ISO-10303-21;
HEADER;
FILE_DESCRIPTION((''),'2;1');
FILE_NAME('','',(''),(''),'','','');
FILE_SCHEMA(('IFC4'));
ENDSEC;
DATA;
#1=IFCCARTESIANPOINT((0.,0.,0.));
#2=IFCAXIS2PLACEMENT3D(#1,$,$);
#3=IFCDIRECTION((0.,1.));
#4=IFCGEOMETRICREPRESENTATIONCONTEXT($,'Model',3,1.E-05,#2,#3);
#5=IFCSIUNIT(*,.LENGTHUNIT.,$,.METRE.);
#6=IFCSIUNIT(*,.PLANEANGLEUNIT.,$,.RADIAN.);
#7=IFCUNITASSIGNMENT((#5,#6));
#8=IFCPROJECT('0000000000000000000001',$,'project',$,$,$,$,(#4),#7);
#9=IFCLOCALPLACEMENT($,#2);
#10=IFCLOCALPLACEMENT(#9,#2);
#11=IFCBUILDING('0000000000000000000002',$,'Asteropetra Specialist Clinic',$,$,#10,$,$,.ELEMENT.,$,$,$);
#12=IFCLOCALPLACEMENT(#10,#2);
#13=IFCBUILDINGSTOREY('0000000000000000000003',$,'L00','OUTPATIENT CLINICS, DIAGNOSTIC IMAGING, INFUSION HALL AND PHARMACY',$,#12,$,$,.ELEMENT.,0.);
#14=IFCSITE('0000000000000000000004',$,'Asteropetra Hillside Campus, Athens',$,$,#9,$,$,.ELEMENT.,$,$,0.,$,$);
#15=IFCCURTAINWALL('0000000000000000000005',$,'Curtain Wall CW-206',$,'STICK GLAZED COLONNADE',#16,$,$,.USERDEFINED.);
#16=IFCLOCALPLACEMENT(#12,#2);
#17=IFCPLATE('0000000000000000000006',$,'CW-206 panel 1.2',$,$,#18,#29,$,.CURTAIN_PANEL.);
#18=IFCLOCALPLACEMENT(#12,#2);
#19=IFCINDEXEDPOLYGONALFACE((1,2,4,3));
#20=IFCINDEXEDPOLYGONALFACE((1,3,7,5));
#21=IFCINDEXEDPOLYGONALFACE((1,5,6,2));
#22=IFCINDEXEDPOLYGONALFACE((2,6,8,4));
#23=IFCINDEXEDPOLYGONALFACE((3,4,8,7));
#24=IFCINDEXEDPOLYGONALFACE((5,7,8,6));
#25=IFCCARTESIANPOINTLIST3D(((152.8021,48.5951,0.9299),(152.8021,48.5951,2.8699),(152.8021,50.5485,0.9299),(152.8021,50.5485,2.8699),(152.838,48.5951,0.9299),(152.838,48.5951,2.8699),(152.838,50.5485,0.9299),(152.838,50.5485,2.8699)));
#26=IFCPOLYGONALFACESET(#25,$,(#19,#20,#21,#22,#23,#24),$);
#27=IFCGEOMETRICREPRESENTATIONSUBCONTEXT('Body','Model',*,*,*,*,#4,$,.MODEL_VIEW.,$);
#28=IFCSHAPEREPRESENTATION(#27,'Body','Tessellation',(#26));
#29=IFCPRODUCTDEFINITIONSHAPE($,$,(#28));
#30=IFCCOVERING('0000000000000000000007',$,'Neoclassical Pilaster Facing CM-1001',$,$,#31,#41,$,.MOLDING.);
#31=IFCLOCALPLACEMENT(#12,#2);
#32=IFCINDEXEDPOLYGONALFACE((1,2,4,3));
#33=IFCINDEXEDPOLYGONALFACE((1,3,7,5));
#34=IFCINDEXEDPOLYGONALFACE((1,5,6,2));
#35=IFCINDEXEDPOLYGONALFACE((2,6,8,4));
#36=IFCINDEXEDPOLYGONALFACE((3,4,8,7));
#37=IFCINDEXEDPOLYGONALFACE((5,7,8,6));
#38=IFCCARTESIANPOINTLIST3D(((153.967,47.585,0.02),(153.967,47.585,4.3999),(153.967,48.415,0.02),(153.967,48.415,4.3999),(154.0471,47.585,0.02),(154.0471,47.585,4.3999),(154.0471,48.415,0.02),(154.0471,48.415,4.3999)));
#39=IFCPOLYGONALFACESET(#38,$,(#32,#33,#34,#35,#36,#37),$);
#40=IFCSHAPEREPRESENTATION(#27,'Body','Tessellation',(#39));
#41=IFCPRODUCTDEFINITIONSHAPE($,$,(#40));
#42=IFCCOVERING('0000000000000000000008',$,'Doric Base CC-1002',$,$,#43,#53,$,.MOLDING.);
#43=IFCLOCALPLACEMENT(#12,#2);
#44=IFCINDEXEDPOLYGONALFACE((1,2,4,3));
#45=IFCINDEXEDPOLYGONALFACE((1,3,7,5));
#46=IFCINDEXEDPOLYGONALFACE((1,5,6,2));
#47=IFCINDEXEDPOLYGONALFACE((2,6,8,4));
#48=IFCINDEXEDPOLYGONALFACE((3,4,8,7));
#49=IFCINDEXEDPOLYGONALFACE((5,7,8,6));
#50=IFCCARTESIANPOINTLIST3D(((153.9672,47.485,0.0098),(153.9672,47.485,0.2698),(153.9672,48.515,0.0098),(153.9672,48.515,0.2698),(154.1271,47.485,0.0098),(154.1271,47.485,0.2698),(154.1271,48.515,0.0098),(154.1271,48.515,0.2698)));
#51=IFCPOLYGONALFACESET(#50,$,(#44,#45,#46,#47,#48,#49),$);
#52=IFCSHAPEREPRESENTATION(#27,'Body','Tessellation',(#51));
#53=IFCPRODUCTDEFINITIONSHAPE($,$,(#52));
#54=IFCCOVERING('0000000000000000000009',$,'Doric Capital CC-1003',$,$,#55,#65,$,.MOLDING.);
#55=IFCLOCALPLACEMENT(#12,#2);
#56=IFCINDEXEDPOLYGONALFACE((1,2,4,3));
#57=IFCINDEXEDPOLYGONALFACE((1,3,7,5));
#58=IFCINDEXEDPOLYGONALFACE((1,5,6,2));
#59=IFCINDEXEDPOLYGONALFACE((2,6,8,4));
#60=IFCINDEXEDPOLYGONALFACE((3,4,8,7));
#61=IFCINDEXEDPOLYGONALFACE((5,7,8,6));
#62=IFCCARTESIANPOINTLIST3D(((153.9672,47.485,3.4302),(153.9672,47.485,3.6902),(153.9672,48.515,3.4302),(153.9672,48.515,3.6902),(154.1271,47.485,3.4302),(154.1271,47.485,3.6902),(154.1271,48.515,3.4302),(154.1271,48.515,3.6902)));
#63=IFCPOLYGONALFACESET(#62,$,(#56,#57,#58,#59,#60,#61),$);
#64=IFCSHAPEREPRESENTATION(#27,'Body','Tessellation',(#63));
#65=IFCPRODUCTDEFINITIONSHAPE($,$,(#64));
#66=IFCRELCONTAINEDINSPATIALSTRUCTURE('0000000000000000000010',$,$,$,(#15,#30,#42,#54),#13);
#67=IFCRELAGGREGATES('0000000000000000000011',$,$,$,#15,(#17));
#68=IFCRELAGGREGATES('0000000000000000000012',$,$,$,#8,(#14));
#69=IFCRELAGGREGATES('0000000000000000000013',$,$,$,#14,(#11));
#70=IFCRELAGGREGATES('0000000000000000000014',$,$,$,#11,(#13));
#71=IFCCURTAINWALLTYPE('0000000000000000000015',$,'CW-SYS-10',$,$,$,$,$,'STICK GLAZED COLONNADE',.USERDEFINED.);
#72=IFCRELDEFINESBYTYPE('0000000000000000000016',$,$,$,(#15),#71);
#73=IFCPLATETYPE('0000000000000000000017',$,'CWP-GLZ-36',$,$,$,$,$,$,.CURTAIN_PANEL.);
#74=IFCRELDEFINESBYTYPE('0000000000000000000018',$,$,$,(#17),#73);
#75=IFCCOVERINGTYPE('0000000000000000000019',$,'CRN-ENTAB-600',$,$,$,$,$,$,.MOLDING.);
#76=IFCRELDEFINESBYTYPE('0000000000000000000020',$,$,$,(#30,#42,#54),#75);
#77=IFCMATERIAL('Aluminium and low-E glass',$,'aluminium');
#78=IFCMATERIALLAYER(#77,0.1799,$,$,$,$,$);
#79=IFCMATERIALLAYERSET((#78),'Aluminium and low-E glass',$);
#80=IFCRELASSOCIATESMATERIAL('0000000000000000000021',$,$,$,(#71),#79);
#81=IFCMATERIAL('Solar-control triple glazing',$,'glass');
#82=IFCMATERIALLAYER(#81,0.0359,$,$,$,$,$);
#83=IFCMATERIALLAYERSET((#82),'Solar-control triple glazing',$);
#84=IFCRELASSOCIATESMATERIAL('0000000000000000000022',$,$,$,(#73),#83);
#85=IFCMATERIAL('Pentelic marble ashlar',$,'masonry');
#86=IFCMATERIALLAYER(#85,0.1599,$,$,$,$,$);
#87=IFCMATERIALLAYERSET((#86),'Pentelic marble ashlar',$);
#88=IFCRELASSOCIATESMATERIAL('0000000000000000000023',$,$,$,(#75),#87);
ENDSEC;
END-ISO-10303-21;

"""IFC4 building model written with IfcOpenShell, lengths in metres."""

from ifc_helpers import new_model, si_unit, direction, frame, origin, origin_2d, place, context, subcontext, project, spatial, rectangle, extrude, material, layer, layer_set, type_object, element, aggregate, save


model = new_model("IFC4")

# Units and contexts
model_context = context("Model", 3, precision=1e-05, world=origin(), true_north=direction((0.0, 1.0)))
body_context = subcontext(model_context, "Body", "Model", "MODEL_VIEW")
ifc_project = project(units=[si_unit("LENGTHUNIT", "METRE"), si_unit("PLANEANGLEUNIT", "RADIAN")], contexts=[model_context])

# Site, building, storey
site_placement = place(None, origin())
site = spatial("IfcSite", under=ifc_project, at=site_placement, Name="Asteropetra Hillside Campus, Athens", CompositionType="ELEMENT", RefElevation=0.0)
building_placement = place(site_placement, origin())
building = spatial("IfcBuilding", under=site, at=building_placement, Name="Asteropetra Specialist Clinic", CompositionType="ELEMENT")
storey_placement = place(building_placement, origin())
storey = spatial("IfcBuildingStorey", under=building, at=storey_placement, Name="L00", Description="OUTPATIENT CLINICS, DIAGNOSTIC IMAGING, INFUSION HALL AND PHARMACY", CompositionType="ELEMENT", Elevation=0.0)

# Curtain wall
ifc_material_1 = material(Name="Aluminium and low-E glass", Category="aluminium")
ifc_layer_1 = layer(ifc_material_1, 0.1799)
ifc_layer_set_1 = layer_set([ifc_layer_1], Name="Aluminium and low-E glass")
curtain_wall_type = type_object("IfcCurtainWallType", Name="CW-SYS-10", ElementType="STICK GLAZED COLONNADE", PredefinedType="USERDEFINED", material=ifc_layer_set_1)
curtain_wall_1_placement = place(storey_placement, origin())
curtain_wall_1 = element("IfcCurtainWall", 1, at=curtain_wall_1_placement, inside=storey, type_object=curtain_wall_type, Name="Curtain Wall CW-206", ObjectType="STICK GLAZED COLONNADE", PredefinedType="USERDEFINED")

# Plate
ifc_material_2 = material(Name="Solar-control triple glazing", Category="glass")
ifc_layer_2 = layer(ifc_material_2, 0.0359)
ifc_layer_set_2 = layer_set([ifc_layer_2], Name="Solar-control triple glazing")
plate_type_1 = type_object("IfcPlateType", Name="CWP-GLZ-36", PredefinedType="CURTAIN_PANEL", material=ifc_layer_set_2)
plate_1_placement = place(storey_placement, frame((152.8201, 49.5718, 0.9299), z_axis=(0.0, 0.0, 1.0), x_axis=(0.0, 1.0, 0.0)))
plate_1 = element("IfcPlate", 2, at=plate_1_placement, type_object=plate_type_1, Name="CW-206 panel 1.2", PredefinedType="CURTAIN_PANEL", context=body_context, shape_type="SweptSolid", body=[
    extrude(rectangle(XDim=1.9534, YDim=0.0359, at=origin_2d()), origin(), (0.0, 0.0, 1.0), 1.9399),
])
aggregate(curtain_wall_1, [plate_1])

# Coverings
ifc_material_3 = material(Name="Pentelic marble ashlar", Category="masonry")
ifc_layer_3 = layer(ifc_material_3, 0.1599)
ifc_layer_set_3 = layer_set([ifc_layer_3], Name="Pentelic marble ashlar")
covering_type = type_object("IfcCoveringType", Name="CRN-ENTAB-600", PredefinedType="MOLDING", material=ifc_layer_set_3)
covering_placement = place(storey_placement, frame((154.0071, 48.0, 0.02), z_axis=(0.0, 0.0, 1.0), x_axis=(1.0, 0.0, 0.0)))
element("IfcCovering", 3, at=covering_placement, inside=storey, type_object=covering_type, Name="Neoclassical Pilaster Facing CM-1001", PredefinedType="MOLDING", context=body_context, shape_type="SweptSolid", body=[
    extrude(rectangle(XDim=0.0801, YDim=0.8301, at=origin_2d()), origin(), (0.0, 0.0, 1.0), 4.3799),
])
for number, where, z_axis, x_axis, name in (
    (4, (154.0471, 48.0, 0.0098), (0.0, 0.0, 1.0), (1.0, 0.0, 0.0), "Doric Base CC-1002"),
    (5, (154.0471, 48.0, 3.4302), (0.0, 0.0, 1.0), (1.0, 0.0, 0.0), "Doric Capital CC-1003"),
):
    element("IfcCovering", number, at=place(storey_placement, frame(where, z_axis=z_axis, x_axis=x_axis)), inside=storey, type_object=covering_type, Name=name, PredefinedType="MOLDING", context=body_context, shape_type="SweptSolid", body=[
        extrude(rectangle(XDim=0.1599, YDim=1.03, at=origin_2d()), origin(), (0.0, 0.0, 1.0), 0.26),
    ])

save(model, "model.ifc")
